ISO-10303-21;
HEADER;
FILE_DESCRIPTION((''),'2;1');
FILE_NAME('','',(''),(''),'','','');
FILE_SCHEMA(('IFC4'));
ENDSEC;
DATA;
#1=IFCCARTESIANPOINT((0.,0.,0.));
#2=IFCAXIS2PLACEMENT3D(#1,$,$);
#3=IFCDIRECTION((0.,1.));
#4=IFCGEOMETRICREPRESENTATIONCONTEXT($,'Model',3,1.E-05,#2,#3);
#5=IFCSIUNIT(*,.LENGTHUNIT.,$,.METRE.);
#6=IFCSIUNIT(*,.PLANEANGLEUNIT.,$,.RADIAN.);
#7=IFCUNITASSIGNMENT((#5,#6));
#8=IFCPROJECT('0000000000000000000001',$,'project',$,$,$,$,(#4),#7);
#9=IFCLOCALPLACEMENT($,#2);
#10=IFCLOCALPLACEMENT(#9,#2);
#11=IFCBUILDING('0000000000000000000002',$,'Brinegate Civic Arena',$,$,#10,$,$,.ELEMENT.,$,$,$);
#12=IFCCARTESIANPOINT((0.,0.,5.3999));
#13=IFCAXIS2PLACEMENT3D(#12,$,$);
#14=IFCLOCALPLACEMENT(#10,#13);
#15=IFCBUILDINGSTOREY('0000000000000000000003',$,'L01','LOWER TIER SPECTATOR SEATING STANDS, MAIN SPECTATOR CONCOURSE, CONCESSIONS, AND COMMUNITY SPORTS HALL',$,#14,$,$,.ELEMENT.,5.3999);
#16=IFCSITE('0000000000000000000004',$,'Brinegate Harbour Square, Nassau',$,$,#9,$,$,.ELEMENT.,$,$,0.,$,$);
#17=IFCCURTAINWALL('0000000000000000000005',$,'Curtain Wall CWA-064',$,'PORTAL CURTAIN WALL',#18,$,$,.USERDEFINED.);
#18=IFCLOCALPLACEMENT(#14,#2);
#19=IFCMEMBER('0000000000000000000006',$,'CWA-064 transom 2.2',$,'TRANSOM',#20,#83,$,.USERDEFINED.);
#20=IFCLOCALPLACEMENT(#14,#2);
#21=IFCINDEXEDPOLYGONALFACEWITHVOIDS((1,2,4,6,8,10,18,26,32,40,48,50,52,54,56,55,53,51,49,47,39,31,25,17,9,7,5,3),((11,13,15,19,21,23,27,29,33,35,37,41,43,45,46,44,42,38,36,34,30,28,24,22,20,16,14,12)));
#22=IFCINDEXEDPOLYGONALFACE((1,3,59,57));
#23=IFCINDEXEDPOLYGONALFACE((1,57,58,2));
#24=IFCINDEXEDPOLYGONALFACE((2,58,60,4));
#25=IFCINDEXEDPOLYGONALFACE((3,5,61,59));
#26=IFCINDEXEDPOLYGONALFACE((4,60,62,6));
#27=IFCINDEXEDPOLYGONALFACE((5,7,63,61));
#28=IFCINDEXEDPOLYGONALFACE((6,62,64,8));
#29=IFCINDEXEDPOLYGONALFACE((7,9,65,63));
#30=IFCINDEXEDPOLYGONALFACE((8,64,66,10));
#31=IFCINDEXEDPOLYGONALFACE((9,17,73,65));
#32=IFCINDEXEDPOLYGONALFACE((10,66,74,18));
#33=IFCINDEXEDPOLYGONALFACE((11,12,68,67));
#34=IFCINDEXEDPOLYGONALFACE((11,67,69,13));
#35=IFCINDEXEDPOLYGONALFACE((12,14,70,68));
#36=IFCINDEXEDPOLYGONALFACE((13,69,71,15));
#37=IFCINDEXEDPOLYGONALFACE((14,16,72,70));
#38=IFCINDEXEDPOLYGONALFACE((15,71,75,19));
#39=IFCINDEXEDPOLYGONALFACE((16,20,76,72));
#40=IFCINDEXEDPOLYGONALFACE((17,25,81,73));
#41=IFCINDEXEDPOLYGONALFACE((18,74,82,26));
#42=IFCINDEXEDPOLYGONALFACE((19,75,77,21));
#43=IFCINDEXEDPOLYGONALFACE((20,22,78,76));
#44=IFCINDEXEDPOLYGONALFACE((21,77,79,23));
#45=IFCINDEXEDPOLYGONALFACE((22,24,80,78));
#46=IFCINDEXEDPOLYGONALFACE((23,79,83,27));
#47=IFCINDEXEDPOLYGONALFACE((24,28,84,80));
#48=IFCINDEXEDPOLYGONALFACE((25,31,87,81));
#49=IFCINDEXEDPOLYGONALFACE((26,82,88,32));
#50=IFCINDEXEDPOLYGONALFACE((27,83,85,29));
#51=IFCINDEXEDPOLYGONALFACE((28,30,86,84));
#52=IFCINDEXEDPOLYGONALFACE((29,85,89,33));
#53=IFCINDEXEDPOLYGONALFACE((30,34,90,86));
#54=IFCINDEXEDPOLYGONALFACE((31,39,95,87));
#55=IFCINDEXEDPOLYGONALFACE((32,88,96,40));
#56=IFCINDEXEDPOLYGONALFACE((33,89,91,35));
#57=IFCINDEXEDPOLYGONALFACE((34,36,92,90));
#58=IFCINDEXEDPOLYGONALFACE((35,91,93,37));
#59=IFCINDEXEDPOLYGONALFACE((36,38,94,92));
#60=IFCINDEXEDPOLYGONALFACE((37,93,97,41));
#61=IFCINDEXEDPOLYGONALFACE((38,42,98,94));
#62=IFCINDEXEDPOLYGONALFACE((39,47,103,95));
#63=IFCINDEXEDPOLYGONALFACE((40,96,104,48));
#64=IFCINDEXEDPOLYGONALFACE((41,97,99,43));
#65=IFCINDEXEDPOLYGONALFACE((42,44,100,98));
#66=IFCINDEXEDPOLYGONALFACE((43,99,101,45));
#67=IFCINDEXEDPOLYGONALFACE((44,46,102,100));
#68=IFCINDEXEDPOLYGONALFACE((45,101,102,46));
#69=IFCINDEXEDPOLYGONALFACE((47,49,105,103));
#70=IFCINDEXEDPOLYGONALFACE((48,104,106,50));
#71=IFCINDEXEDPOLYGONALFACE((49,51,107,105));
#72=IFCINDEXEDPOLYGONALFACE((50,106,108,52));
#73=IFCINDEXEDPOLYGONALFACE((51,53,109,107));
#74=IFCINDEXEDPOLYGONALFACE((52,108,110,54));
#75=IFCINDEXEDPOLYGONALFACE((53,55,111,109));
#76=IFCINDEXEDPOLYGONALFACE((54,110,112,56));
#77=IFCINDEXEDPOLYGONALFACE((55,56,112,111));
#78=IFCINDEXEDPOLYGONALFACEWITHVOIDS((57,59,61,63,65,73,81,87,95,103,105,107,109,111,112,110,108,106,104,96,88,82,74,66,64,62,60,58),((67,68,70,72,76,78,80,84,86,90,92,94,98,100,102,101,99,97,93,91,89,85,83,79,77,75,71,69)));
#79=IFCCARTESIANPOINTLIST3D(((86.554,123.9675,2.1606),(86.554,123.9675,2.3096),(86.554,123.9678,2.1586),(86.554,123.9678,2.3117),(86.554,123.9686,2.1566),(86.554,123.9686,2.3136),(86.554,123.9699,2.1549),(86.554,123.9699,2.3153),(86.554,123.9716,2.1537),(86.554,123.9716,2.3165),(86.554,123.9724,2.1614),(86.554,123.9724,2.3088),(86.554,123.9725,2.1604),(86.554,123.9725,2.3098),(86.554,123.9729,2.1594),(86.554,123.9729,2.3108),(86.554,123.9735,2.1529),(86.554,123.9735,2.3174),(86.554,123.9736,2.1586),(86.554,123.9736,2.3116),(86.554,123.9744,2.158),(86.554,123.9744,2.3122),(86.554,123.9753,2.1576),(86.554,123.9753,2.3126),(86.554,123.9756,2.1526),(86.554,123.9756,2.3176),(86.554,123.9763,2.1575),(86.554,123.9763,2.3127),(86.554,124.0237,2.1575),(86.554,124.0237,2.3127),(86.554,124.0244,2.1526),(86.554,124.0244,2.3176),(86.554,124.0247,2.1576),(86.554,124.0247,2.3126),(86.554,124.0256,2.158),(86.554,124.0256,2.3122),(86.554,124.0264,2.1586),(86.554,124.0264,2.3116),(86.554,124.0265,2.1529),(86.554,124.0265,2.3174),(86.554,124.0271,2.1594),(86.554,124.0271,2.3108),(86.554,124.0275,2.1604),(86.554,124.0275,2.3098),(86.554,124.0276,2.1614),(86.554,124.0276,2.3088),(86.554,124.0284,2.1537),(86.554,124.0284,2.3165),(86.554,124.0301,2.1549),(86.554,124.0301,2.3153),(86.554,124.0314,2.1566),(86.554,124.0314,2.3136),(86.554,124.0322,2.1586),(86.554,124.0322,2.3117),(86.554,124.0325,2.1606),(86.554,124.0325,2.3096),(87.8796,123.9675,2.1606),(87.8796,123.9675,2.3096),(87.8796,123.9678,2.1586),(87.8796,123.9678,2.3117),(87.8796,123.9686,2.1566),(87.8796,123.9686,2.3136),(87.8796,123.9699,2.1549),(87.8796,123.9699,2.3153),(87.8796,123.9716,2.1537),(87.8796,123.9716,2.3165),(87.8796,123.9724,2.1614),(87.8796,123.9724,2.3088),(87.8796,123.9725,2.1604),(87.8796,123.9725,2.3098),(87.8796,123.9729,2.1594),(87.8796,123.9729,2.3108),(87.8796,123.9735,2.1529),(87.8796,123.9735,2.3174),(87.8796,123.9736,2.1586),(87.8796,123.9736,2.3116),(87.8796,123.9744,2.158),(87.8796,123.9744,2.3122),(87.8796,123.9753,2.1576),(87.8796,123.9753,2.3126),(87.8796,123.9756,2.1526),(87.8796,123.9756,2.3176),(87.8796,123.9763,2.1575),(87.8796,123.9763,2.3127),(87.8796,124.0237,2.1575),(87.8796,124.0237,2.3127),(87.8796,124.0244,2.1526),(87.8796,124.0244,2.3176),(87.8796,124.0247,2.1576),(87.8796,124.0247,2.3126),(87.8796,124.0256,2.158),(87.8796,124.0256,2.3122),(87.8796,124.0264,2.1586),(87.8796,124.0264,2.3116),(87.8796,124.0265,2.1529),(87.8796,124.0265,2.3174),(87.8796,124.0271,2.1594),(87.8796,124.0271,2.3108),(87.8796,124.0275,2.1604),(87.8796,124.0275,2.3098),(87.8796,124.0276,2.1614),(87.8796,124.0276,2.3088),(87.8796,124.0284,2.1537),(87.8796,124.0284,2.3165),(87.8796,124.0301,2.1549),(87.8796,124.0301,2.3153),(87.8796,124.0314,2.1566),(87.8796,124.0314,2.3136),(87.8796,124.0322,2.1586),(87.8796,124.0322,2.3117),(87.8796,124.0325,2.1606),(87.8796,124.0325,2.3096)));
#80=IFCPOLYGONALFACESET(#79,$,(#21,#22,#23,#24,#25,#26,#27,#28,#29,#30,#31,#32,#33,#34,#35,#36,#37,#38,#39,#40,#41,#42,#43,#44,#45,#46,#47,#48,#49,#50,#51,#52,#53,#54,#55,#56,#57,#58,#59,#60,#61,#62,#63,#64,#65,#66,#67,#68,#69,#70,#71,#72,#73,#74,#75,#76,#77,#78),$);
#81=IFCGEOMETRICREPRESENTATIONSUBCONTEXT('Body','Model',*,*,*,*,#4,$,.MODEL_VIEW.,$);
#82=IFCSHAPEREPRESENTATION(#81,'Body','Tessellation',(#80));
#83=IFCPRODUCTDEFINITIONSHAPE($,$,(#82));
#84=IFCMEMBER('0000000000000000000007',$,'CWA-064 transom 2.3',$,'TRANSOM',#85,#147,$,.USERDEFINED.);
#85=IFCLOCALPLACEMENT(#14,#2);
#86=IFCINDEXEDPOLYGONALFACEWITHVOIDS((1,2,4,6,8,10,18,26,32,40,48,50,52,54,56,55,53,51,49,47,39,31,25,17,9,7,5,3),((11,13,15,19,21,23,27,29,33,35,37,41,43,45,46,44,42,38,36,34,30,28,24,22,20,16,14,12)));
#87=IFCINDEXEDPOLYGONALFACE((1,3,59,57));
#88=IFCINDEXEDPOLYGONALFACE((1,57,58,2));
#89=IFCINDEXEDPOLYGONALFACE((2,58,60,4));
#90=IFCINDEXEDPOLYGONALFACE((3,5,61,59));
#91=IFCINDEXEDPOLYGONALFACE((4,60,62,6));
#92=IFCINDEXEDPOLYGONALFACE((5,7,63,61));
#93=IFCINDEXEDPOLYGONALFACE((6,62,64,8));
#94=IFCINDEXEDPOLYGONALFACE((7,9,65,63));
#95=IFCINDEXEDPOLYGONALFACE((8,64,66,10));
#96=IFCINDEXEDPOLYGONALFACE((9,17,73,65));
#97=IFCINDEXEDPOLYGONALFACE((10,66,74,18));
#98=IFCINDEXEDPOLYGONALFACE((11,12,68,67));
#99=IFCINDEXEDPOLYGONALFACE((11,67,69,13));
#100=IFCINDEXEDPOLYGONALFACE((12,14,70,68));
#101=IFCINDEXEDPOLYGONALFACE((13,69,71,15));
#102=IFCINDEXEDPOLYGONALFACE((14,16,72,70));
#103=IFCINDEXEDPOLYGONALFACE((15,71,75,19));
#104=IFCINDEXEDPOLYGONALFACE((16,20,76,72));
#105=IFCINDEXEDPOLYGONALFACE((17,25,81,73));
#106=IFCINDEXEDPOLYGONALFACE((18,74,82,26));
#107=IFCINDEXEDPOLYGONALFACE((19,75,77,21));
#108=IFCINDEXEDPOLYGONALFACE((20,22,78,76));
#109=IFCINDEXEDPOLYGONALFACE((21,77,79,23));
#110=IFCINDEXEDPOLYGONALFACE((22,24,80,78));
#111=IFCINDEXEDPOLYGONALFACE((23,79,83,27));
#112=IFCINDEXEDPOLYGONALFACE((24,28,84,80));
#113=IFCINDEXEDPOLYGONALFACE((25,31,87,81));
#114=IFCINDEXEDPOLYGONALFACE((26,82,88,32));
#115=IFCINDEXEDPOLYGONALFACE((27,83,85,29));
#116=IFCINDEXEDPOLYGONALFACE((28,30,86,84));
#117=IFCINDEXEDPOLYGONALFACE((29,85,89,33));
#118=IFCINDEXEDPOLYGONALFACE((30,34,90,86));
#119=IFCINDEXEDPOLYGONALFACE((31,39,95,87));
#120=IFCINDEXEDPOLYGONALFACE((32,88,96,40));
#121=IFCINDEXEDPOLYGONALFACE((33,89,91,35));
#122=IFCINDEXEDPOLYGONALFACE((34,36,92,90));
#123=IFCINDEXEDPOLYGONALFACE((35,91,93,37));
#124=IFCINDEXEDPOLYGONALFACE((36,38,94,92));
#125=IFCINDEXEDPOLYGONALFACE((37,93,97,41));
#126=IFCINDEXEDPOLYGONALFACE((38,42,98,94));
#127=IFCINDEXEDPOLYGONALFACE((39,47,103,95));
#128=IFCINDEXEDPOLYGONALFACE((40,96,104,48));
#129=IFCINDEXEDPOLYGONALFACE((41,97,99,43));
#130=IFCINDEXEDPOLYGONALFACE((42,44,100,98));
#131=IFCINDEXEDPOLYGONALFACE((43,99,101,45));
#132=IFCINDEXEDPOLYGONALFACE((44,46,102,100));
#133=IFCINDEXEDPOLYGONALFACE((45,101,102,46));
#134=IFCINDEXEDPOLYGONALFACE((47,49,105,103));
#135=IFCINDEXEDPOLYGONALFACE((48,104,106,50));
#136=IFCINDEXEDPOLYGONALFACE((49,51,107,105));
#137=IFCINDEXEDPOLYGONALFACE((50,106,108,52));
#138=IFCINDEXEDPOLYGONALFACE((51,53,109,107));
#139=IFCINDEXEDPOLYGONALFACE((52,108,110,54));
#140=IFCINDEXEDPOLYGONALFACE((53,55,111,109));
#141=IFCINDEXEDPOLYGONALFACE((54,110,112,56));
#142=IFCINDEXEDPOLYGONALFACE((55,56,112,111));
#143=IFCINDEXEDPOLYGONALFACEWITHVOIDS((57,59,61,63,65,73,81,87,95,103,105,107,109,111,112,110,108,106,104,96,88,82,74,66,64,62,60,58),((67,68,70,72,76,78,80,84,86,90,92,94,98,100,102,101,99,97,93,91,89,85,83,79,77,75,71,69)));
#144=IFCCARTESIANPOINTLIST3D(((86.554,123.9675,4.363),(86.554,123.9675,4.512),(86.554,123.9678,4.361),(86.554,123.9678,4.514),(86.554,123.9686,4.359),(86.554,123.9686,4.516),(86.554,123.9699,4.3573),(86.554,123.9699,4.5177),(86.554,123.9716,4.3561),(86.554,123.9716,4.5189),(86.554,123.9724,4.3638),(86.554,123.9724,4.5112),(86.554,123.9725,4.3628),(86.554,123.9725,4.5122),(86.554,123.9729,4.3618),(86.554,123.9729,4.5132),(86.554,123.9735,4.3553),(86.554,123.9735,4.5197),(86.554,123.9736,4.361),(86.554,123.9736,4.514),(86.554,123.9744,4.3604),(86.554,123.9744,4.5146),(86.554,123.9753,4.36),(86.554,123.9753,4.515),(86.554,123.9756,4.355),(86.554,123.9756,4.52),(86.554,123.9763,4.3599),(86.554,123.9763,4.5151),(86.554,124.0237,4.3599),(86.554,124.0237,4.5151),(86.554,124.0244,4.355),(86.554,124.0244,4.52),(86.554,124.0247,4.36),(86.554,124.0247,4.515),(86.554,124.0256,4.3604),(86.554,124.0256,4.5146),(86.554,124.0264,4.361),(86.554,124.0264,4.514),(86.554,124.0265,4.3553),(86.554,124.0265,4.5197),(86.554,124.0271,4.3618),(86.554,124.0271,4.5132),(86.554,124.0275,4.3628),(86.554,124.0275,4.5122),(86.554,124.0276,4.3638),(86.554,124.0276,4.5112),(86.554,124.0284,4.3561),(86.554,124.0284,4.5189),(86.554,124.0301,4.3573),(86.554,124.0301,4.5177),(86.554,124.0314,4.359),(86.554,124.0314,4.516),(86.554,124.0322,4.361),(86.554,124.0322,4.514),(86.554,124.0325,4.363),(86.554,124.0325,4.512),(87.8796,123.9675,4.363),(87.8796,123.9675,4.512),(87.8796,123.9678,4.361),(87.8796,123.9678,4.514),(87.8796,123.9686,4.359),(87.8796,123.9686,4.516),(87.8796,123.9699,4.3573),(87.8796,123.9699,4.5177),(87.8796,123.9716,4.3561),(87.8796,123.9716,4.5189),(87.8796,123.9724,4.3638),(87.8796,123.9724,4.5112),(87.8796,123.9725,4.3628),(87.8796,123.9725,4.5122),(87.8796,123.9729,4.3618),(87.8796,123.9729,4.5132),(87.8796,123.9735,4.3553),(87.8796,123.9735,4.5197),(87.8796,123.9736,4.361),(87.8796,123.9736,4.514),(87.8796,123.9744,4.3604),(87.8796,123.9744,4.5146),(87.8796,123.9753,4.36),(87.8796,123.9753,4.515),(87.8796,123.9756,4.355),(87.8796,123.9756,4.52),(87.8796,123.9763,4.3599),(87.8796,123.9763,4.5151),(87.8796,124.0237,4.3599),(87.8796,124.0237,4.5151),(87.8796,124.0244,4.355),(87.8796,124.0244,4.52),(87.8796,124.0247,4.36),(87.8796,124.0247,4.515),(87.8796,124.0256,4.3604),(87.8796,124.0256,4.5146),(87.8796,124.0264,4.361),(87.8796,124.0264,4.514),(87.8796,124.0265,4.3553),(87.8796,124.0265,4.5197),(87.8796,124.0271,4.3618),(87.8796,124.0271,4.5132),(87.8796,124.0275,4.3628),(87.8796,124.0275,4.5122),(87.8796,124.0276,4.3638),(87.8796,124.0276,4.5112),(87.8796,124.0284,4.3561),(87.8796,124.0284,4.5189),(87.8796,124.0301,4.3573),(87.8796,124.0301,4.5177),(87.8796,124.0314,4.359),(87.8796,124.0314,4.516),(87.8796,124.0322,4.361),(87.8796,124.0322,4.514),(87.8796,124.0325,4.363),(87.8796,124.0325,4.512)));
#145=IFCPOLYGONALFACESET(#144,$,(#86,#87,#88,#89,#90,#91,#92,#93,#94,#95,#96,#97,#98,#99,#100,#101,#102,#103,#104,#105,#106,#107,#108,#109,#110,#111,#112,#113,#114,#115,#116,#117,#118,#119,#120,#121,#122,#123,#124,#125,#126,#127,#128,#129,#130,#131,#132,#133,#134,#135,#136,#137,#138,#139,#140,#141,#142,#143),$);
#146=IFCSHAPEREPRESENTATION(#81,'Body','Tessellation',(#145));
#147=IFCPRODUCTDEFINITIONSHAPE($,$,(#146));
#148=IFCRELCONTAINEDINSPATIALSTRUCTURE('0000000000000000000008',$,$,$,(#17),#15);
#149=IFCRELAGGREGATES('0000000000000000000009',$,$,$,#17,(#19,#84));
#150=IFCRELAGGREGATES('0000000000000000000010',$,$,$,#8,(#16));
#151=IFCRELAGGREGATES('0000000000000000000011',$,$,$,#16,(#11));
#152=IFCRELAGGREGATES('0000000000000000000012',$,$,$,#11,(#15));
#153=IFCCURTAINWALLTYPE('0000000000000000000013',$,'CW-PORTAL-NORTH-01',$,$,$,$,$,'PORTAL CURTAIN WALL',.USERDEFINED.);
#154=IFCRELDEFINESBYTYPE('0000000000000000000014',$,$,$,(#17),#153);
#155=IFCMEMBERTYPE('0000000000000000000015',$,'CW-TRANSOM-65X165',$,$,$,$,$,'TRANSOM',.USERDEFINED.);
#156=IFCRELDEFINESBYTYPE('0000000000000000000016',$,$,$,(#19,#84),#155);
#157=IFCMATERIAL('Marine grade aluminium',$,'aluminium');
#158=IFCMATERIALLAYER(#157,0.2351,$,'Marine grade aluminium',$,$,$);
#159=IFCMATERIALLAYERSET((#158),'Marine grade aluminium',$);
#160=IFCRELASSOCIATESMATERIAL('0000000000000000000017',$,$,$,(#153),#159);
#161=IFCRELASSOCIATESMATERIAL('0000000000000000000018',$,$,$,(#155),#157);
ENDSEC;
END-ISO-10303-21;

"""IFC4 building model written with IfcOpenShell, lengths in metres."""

from ifc_helpers import new_model, si_unit, direction, frame, origin, origin_2d, place, context, subcontext, project, spatial, hollow_rectangle, extrude, material, layer, layer_set, material_profile, profile_set, type_object, element, aggregate, save


model = new_model("IFC4")

# Units and contexts
model_context = context("Model", 3, precision=1e-05, world=origin(), true_north=direction((0.0, 1.0)))
body_context = subcontext(model_context, "Body", "Model", "MODEL_VIEW")
ifc_project = project(units=[si_unit("LENGTHUNIT", "METRE"), si_unit("PLANEANGLEUNIT", "RADIAN")], contexts=[model_context])

# Site, building, storey
site_placement = place(None, origin())
site = spatial("IfcSite", under=ifc_project, at=site_placement, Name="Brinegate Harbour Square, Nassau", CompositionType="ELEMENT", RefElevation=0.0)
building_placement = place(site_placement, origin())
building = spatial("IfcBuilding", under=site, at=building_placement, Name="Brinegate Civic Arena", CompositionType="ELEMENT")
storey_placement = place(building_placement, frame((0.0, 0.0, 5.3999)))
storey = spatial("IfcBuildingStorey", under=building, at=storey_placement, Name="L01", Description="LOWER TIER SPECTATOR SEATING STANDS, MAIN SPECTATOR CONCOURSE, CONCESSIONS, AND COMMUNITY SPORTS HALL", CompositionType="ELEMENT", Elevation=5.3999)

# Curtain wall, members
ifc_material_1 = material(Name="Marine grade aluminium", Category="aluminium")
ifc_layer_1 = layer(ifc_material_1, 0.2351, Name="Marine grade aluminium")
ifc_layer_set_1 = layer_set([ifc_layer_1], Name="Marine grade aluminium")
curtain_wall_type = type_object("IfcCurtainWallType", Name="CW-PORTAL-NORTH-01", ElementType="PORTAL CURTAIN WALL", PredefinedType="USERDEFINED", material=ifc_layer_set_1)
curtain_wall_placement = place(storey_placement, origin())
curtain_wall = element("IfcCurtainWall", 1, at=curtain_wall_placement, inside=storey, type_object=curtain_wall_type, Name="Curtain Wall CWA-064", ObjectType="PORTAL CURTAIN WALL", PredefinedType="USERDEFINED")
ifc_material_profile_1 = material_profile(ifc_material_1, hollow_rectangle(XDim=0.0649, YDim=0.165, WallThickness=0.0049, InnerFilletRadius=0.0039, OuterFilletRadius=0.0081, at=origin_2d()), Name="TRN65X165")
ifc_profile_set_1 = profile_set([ifc_material_profile_1], Name="Marine grade aluminium")
member_type_1 = type_object("IfcMemberType", Name="CW-TRANSOM-65X165", ElementType="TRANSOM", PredefinedType="USERDEFINED", material=ifc_profile_set_1)
member_1_placement = place(storey_placement, frame((86.554, 124.0, 2.2351), z_axis=(1.0, 0.0, 0.0), x_axis=(0.0, 1.0, 0.0)))
member_1 = element("IfcMember", 2, at=member_1_placement, type_object=member_type_1, Name="CWA-064 transom 2.2", ObjectType="TRANSOM", PredefinedType="USERDEFINED", context=body_context, shape_type="SweptSolid", body=[
    extrude(hollow_rectangle(XDim=0.0649, YDim=0.165, WallThickness=0.0049, InnerFilletRadius=0.0039, OuterFilletRadius=0.0081, at=origin_2d()), origin(), (0.0, 0.0, 1.0), 1.3257),
])
member_2_placement = place(storey_placement, frame((86.554, 124.0, 4.4375), z_axis=(1.0, 0.0, 0.0), x_axis=(0.0, 1.0, 0.0)))
member_2 = element("IfcMember", 3, at=member_2_placement, type_object=member_type_1, Name="CWA-064 transom 2.3", ObjectType="TRANSOM", PredefinedType="USERDEFINED", context=body_context, shape_type="SweptSolid", body=[
    extrude(hollow_rectangle(XDim=0.0649, YDim=0.165, WallThickness=0.0049, InnerFilletRadius=0.0039, OuterFilletRadius=0.0081, at=origin_2d()), origin(), (0.0, 0.0, 1.0), 1.3257),
])

aggregate(curtain_wall, [member_1, member_2])

save(model, "model.ifc")
